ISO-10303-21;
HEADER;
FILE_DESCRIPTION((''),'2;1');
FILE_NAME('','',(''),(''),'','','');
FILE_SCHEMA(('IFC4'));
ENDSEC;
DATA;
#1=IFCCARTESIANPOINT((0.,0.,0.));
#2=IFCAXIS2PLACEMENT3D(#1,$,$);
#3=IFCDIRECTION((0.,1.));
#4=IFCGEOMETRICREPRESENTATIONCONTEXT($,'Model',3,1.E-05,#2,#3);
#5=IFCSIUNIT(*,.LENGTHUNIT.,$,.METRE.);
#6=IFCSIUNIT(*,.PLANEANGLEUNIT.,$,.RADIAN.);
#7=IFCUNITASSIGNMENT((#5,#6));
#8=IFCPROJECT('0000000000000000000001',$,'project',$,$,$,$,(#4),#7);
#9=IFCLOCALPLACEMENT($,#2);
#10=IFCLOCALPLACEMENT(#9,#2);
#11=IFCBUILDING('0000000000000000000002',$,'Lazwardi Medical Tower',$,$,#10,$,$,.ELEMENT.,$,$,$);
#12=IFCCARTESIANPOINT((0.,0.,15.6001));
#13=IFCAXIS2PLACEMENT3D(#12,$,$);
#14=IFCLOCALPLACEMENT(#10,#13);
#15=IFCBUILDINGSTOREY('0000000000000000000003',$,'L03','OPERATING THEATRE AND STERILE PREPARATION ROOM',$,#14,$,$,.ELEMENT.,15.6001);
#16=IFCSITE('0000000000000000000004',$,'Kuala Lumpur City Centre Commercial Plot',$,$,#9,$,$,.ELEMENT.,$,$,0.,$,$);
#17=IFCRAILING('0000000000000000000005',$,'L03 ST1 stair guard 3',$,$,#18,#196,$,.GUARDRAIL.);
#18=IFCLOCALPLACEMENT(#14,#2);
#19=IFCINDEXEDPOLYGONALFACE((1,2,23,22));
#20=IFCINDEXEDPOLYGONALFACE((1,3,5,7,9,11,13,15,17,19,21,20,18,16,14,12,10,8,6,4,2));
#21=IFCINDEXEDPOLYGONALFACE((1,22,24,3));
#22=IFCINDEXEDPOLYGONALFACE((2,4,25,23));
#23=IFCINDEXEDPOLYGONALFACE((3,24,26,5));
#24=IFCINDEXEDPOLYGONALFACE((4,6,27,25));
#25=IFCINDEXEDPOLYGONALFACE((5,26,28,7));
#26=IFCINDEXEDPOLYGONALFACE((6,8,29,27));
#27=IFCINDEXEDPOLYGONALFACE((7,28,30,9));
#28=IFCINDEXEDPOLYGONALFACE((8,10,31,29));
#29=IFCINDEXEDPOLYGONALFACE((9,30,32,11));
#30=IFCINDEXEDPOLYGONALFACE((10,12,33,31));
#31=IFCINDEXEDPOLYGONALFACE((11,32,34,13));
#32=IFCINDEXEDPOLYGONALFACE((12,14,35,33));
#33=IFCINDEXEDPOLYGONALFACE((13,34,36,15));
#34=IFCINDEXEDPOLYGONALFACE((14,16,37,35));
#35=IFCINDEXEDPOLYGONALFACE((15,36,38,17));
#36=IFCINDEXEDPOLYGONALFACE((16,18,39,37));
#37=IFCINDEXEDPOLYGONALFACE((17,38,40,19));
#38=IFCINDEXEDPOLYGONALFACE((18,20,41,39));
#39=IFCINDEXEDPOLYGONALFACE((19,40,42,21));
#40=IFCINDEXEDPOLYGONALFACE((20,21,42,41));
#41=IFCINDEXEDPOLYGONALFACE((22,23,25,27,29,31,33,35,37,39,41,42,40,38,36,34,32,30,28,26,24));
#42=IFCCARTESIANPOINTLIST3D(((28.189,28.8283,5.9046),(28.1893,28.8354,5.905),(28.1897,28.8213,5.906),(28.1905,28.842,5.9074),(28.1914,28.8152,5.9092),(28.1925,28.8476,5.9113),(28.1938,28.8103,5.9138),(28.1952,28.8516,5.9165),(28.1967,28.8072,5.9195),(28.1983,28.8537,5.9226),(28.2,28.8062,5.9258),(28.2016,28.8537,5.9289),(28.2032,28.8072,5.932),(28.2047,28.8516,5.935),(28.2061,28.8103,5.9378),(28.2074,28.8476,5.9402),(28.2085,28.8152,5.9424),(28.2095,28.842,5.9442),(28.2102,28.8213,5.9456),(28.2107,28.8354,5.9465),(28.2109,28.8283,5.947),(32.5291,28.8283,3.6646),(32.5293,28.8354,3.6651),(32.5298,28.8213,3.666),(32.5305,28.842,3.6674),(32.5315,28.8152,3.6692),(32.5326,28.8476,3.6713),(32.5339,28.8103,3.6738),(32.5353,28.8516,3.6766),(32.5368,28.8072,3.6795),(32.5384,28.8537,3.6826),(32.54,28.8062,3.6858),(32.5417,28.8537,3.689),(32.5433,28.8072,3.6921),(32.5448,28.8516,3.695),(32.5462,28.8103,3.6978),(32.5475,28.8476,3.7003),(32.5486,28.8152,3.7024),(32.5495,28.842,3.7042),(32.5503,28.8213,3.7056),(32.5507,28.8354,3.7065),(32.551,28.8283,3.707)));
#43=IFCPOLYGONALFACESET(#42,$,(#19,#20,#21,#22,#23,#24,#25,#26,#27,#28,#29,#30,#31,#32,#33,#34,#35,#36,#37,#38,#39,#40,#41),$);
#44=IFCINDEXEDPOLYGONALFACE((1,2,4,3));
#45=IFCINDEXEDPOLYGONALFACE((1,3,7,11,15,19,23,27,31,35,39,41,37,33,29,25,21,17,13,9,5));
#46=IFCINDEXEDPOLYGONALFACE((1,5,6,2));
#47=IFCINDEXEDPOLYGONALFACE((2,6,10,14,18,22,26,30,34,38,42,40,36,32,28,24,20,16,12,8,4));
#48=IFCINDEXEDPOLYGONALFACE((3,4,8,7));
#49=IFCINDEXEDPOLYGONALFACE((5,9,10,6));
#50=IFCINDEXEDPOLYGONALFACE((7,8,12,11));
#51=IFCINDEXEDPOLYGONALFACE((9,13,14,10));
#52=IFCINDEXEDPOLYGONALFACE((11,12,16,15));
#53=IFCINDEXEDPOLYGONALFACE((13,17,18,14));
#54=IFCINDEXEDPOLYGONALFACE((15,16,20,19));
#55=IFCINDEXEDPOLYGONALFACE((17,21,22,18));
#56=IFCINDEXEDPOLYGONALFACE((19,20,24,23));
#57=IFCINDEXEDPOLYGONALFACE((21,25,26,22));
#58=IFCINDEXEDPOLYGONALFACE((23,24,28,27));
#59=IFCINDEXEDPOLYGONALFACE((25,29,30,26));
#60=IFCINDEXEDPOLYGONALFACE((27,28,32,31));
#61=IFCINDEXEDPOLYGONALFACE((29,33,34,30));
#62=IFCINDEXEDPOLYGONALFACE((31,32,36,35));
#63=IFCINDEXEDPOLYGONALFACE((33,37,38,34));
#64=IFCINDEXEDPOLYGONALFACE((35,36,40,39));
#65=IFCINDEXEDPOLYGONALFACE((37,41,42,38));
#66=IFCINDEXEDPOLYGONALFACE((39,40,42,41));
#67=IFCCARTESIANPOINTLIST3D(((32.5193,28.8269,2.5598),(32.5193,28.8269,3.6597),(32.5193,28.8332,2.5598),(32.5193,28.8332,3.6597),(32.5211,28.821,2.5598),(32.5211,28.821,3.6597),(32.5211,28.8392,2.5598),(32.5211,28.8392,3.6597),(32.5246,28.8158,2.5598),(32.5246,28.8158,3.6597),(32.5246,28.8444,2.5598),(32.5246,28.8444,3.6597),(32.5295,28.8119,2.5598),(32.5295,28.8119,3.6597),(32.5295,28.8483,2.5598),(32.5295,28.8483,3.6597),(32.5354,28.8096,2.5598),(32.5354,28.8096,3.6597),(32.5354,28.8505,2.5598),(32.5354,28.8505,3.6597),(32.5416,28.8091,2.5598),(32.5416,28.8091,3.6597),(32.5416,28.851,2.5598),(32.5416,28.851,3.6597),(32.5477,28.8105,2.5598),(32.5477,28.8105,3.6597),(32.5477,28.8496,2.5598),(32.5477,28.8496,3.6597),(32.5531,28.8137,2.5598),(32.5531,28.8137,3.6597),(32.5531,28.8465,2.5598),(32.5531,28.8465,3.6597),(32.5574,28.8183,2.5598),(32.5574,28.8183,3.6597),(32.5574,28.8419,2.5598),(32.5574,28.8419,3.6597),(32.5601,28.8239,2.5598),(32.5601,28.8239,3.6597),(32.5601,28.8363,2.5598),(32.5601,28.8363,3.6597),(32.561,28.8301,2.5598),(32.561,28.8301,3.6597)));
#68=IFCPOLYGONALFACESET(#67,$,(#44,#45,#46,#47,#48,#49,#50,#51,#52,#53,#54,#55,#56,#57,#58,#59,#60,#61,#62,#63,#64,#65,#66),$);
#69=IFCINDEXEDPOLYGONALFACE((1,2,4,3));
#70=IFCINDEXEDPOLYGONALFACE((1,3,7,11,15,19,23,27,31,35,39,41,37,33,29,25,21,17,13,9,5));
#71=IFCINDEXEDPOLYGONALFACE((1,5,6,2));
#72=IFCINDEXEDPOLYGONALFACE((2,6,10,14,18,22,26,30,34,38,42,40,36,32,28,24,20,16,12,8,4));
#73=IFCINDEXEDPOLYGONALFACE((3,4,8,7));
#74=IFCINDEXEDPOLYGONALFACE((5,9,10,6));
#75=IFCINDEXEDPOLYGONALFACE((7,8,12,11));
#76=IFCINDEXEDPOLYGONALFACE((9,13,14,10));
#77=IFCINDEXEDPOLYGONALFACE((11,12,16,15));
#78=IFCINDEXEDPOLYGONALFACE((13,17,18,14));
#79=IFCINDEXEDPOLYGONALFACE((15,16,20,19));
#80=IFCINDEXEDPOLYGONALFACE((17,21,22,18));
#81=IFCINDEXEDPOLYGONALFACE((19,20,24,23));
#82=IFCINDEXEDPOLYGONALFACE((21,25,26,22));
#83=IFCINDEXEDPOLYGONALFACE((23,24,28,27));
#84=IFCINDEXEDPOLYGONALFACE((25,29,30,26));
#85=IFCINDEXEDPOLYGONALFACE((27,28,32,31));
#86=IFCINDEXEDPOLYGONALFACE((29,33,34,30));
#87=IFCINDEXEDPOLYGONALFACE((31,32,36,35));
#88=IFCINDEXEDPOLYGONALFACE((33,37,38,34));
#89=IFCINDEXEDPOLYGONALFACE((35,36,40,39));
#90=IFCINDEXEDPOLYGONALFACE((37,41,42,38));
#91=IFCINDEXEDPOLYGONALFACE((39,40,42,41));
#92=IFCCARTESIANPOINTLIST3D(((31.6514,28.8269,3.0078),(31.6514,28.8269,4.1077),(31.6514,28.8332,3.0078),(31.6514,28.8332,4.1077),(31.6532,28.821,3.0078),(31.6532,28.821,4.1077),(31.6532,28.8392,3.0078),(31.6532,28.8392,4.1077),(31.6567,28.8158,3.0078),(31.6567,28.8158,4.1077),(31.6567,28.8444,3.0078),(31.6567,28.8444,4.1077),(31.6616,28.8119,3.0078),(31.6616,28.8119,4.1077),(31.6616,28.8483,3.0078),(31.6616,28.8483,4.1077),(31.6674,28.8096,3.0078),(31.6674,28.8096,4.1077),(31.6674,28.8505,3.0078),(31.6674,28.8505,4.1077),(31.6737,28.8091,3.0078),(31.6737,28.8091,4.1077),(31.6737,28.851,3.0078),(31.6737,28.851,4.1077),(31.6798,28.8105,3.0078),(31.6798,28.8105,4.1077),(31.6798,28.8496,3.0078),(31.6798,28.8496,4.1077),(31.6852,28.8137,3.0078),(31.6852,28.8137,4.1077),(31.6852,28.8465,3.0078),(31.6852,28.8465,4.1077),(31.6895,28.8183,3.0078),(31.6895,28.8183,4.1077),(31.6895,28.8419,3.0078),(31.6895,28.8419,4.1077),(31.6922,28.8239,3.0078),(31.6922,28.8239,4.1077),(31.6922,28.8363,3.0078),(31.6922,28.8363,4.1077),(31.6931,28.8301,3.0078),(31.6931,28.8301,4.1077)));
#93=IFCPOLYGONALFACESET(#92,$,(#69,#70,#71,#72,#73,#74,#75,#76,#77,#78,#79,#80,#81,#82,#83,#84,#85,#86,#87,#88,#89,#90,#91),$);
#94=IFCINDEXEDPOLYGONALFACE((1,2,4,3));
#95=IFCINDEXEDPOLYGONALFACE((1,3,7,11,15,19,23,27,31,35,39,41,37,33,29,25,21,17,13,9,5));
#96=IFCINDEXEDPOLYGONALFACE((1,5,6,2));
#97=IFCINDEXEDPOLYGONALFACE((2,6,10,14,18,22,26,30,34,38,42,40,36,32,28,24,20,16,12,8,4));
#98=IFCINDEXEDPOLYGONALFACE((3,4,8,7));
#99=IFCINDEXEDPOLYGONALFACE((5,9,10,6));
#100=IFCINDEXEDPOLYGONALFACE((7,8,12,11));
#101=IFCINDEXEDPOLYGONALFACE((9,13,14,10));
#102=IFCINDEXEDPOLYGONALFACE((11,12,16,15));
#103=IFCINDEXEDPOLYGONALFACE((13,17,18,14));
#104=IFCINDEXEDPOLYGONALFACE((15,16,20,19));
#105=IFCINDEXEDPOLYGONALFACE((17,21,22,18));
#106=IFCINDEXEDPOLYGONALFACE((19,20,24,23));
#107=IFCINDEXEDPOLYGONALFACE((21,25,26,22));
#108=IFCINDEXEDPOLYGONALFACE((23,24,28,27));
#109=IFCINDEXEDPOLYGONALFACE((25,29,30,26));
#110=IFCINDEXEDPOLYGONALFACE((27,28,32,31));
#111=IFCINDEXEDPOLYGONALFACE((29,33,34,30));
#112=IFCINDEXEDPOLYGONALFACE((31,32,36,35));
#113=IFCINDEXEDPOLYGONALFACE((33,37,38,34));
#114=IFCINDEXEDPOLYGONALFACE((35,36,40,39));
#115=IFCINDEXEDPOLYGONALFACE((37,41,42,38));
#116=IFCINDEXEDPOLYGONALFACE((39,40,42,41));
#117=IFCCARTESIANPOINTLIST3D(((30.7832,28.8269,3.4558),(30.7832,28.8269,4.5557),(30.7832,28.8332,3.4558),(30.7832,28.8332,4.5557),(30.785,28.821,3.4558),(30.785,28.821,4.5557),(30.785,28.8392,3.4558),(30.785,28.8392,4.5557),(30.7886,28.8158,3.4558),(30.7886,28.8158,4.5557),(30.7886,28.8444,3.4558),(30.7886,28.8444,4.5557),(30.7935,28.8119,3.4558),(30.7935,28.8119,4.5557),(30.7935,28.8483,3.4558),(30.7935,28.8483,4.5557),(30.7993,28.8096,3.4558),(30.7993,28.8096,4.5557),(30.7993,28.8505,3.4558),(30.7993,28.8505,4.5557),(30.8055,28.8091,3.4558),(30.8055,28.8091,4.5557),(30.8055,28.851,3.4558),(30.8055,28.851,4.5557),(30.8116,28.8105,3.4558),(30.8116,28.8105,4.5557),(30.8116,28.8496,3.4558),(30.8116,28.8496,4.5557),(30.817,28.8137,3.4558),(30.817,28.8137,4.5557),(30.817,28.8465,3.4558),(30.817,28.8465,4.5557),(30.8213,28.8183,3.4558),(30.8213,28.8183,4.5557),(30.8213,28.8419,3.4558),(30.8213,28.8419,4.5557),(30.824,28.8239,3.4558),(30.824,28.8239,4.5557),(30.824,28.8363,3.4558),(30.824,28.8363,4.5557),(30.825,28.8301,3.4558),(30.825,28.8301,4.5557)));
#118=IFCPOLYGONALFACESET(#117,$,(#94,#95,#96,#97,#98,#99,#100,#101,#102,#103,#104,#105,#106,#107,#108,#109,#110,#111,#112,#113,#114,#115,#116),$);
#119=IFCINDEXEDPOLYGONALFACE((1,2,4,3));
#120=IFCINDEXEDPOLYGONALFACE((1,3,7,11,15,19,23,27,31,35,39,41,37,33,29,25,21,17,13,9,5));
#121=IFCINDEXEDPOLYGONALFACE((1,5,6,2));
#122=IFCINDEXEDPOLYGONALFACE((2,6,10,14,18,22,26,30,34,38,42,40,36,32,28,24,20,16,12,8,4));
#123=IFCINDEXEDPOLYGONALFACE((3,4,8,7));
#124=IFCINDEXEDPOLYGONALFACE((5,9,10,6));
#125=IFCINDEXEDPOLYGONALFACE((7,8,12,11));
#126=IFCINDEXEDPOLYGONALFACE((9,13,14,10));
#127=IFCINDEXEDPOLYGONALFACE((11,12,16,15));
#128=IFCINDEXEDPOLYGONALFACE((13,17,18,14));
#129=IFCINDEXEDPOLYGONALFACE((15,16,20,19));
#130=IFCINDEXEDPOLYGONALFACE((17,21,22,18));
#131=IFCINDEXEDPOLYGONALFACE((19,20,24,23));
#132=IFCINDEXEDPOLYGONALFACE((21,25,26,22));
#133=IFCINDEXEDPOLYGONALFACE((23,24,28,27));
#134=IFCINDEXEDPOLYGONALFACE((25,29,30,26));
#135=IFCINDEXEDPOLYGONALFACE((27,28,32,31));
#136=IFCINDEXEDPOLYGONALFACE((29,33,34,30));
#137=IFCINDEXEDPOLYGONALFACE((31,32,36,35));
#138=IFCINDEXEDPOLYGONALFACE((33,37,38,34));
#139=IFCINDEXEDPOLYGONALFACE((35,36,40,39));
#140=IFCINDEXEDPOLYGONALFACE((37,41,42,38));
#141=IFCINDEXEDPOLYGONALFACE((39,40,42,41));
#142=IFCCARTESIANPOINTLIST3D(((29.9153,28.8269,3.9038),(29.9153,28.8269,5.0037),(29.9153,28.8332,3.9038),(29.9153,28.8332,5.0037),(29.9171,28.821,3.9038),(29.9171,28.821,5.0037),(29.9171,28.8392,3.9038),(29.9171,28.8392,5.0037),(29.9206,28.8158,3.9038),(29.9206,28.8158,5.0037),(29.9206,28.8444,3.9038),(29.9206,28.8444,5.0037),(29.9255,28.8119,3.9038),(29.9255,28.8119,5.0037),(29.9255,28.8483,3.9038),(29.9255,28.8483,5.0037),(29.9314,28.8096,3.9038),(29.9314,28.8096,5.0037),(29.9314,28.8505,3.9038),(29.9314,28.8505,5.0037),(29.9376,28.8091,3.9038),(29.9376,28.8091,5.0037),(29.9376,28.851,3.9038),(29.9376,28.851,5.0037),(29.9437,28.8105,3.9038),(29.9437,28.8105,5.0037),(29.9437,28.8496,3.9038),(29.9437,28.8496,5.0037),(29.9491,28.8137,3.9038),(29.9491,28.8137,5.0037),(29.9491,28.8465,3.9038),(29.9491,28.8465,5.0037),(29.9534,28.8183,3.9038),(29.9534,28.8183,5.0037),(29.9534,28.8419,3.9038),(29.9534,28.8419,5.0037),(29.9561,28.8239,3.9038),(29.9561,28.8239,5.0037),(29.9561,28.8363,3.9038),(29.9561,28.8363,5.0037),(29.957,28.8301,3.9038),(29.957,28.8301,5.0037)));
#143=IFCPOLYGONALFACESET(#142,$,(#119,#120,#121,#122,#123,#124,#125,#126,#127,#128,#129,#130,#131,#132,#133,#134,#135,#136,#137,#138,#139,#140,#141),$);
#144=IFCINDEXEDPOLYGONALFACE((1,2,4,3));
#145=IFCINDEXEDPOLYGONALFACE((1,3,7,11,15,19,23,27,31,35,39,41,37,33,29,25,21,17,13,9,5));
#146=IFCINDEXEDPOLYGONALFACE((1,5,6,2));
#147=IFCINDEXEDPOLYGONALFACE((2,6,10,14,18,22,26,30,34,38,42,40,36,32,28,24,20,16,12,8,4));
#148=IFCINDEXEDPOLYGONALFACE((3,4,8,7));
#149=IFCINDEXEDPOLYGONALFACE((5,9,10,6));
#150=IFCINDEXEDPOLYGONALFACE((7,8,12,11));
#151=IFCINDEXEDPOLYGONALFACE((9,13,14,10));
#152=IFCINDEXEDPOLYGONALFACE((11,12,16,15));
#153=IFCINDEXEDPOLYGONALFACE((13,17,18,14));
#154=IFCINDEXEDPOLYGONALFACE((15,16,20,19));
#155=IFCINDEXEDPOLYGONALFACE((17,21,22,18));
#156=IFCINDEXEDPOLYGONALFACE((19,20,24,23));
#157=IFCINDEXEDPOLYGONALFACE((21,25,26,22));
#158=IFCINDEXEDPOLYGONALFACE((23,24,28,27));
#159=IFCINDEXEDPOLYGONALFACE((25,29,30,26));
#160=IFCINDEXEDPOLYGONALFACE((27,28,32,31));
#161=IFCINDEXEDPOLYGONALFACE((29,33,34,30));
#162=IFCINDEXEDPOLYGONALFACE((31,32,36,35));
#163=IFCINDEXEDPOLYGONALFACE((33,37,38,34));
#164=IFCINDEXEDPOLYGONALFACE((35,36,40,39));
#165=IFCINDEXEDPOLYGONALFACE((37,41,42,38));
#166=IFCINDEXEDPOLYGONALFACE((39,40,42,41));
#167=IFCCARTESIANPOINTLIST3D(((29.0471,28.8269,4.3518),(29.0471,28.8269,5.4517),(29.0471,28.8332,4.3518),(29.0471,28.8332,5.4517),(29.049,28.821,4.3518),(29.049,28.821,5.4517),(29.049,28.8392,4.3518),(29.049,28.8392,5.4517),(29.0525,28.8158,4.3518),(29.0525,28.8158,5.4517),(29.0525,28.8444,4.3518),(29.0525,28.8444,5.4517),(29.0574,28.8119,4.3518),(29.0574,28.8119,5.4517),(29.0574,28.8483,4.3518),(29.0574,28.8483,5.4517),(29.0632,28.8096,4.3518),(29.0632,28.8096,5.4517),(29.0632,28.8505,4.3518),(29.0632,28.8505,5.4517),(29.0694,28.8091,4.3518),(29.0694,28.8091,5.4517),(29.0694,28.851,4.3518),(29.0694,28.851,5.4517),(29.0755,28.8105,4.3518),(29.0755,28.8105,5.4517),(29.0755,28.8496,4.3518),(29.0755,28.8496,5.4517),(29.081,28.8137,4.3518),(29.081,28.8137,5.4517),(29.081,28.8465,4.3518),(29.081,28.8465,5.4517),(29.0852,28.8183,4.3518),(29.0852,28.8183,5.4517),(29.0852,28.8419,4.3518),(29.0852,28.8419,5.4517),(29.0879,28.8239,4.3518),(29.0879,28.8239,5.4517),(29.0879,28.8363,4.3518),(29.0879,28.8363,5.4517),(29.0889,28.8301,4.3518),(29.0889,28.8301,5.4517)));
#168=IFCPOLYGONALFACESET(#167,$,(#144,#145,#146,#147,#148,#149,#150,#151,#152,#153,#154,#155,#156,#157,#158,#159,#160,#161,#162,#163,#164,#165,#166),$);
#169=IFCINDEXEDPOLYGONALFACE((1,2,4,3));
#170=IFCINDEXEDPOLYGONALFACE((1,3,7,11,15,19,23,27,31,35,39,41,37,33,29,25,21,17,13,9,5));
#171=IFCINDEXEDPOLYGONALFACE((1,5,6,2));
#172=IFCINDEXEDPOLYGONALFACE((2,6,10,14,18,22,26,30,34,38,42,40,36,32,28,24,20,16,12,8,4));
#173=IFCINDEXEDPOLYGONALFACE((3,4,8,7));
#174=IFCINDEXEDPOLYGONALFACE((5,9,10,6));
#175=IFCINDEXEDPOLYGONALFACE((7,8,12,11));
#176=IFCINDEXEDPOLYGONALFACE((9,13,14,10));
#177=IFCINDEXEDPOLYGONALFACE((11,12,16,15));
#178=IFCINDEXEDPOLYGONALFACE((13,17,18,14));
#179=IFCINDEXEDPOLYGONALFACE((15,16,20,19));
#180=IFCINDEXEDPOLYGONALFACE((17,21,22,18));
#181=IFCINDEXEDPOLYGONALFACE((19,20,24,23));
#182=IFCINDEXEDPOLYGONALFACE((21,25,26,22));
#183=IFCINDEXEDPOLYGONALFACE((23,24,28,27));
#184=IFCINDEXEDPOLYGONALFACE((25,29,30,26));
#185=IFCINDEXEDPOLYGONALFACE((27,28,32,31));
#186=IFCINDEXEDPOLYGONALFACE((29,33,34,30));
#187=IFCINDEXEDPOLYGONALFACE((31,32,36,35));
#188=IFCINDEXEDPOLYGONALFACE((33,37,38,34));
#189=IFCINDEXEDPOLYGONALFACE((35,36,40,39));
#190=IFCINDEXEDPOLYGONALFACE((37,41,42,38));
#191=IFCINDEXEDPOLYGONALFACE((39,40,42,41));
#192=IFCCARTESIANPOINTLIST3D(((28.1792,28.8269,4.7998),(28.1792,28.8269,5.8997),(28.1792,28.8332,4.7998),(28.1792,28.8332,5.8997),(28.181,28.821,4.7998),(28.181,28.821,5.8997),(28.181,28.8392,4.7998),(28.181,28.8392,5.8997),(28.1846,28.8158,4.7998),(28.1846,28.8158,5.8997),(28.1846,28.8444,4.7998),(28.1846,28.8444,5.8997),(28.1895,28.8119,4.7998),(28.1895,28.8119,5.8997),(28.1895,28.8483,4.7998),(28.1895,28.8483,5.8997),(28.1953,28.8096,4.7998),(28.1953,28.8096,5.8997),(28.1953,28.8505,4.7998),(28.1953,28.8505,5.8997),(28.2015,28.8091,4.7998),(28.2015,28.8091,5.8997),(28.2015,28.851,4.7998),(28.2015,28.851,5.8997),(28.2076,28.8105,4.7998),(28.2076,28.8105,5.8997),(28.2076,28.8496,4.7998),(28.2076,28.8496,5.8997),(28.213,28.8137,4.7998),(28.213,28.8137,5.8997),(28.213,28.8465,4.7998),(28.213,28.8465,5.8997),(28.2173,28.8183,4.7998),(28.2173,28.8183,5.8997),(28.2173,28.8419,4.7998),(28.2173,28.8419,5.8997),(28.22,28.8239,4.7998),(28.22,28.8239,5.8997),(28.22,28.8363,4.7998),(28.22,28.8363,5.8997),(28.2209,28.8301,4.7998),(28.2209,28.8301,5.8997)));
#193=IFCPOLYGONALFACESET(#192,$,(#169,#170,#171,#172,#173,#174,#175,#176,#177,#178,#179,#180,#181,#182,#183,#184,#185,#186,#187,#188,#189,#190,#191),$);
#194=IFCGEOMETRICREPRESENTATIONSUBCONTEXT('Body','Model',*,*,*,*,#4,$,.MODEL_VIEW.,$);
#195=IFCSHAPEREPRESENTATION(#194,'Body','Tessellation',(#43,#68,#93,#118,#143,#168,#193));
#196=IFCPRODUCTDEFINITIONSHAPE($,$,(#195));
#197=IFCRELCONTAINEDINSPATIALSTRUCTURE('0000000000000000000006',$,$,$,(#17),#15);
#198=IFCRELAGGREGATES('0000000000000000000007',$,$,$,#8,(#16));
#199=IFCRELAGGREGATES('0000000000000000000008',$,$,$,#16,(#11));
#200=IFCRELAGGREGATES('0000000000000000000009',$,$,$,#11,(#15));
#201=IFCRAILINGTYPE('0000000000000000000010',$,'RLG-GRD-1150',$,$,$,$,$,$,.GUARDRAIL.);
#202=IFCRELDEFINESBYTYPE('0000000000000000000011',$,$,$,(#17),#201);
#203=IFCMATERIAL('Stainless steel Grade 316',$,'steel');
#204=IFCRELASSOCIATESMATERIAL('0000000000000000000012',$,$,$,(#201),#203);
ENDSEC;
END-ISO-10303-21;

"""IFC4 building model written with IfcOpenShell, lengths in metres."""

from ifc_helpers import new_model, si_unit, direction, frame, origin, origin_2d, place, context, subcontext, project, spatial, circle, extrude, material, type_object, element, save


model = new_model("IFC4")

# Units and contexts
model_context = context("Model", 3, precision=1e-05, world=origin(), true_north=direction((0.0, 1.0)))
body_context = subcontext(model_context, "Body", "Model", "MODEL_VIEW")
ifc_project = project(units=[si_unit("LENGTHUNIT", "METRE"), si_unit("PLANEANGLEUNIT", "RADIAN")], contexts=[model_context])

# Site, building, storey
site_placement = place(None, origin())
site = spatial("IfcSite", under=ifc_project, at=site_placement, Name="Kuala Lumpur City Centre Commercial Plot", CompositionType="ELEMENT", RefElevation=0.0)
building_placement = place(site_placement, origin())
building = spatial("IfcBuilding", under=site, at=building_placement, Name="Lazwardi Medical Tower", CompositionType="ELEMENT")
storey_placement = place(building_placement, frame((0.0, 0.0, 15.6001)))
storey = spatial("IfcBuildingStorey", under=building, at=storey_placement, Name="L03", Description="OPERATING THEATRE AND STERILE PREPARATION ROOM", CompositionType="ELEMENT", Elevation=15.6001)

# Railing
ifc_material_1 = material(Name="Stainless steel Grade 316", Category="steel")
railing_type_1 = type_object("IfcRailingType", Name="RLG-GRD-1150", PredefinedType="GUARDRAIL", material=ifc_material_1)
railing_1_placement = place(storey_placement, frame((32.54, 28.8301, 2.5598)))
element("IfcRailing", 1, at=railing_1_placement, inside=storey, type_object=railing_type_1, Name="L03 ST1 stair guard 3", PredefinedType="GUARDRAIL", context=body_context, shape_type="SweptSolid", body=[
    extrude(circle(Radius=0.0239, at=origin_2d()), frame((0.0, 0.0, 1.126), z_axis=(-0.888625, 0.0, 0.458634), x_axis=(0.0, -1.0, 0.0)), (0.0, 0.0, 1.0), 4.884),
    extrude(circle(Radius=0.021, at=origin_2d()), origin(), (0.0, 0.0, 1.0), 1.0999),
    extrude(circle(Radius=0.021, at=origin_2d()), frame((-0.8679, 0.0, 0.448)), (0.0, 0.0, 1.0), 1.0999),
    extrude(circle(Radius=0.021, at=origin_2d()), frame((-1.7361, 0.0, 0.896)), (0.0, 0.0, 1.0), 1.0999),
    extrude(circle(Radius=0.021, at=origin_2d()), frame((-2.604, 0.0, 1.344)), (0.0, 0.0, 1.0), 1.0999),
    extrude(circle(Radius=0.021, at=origin_2d()), frame((-3.4722, 0.0, 1.792)), (0.0, 0.0, 1.0), 1.0999),
    extrude(circle(Radius=0.021, at=origin_2d()), frame((-4.3401, 0.0, 2.24)), (0.0, 0.0, 1.0), 1.0999),
])

save(model, "model.ifc")
